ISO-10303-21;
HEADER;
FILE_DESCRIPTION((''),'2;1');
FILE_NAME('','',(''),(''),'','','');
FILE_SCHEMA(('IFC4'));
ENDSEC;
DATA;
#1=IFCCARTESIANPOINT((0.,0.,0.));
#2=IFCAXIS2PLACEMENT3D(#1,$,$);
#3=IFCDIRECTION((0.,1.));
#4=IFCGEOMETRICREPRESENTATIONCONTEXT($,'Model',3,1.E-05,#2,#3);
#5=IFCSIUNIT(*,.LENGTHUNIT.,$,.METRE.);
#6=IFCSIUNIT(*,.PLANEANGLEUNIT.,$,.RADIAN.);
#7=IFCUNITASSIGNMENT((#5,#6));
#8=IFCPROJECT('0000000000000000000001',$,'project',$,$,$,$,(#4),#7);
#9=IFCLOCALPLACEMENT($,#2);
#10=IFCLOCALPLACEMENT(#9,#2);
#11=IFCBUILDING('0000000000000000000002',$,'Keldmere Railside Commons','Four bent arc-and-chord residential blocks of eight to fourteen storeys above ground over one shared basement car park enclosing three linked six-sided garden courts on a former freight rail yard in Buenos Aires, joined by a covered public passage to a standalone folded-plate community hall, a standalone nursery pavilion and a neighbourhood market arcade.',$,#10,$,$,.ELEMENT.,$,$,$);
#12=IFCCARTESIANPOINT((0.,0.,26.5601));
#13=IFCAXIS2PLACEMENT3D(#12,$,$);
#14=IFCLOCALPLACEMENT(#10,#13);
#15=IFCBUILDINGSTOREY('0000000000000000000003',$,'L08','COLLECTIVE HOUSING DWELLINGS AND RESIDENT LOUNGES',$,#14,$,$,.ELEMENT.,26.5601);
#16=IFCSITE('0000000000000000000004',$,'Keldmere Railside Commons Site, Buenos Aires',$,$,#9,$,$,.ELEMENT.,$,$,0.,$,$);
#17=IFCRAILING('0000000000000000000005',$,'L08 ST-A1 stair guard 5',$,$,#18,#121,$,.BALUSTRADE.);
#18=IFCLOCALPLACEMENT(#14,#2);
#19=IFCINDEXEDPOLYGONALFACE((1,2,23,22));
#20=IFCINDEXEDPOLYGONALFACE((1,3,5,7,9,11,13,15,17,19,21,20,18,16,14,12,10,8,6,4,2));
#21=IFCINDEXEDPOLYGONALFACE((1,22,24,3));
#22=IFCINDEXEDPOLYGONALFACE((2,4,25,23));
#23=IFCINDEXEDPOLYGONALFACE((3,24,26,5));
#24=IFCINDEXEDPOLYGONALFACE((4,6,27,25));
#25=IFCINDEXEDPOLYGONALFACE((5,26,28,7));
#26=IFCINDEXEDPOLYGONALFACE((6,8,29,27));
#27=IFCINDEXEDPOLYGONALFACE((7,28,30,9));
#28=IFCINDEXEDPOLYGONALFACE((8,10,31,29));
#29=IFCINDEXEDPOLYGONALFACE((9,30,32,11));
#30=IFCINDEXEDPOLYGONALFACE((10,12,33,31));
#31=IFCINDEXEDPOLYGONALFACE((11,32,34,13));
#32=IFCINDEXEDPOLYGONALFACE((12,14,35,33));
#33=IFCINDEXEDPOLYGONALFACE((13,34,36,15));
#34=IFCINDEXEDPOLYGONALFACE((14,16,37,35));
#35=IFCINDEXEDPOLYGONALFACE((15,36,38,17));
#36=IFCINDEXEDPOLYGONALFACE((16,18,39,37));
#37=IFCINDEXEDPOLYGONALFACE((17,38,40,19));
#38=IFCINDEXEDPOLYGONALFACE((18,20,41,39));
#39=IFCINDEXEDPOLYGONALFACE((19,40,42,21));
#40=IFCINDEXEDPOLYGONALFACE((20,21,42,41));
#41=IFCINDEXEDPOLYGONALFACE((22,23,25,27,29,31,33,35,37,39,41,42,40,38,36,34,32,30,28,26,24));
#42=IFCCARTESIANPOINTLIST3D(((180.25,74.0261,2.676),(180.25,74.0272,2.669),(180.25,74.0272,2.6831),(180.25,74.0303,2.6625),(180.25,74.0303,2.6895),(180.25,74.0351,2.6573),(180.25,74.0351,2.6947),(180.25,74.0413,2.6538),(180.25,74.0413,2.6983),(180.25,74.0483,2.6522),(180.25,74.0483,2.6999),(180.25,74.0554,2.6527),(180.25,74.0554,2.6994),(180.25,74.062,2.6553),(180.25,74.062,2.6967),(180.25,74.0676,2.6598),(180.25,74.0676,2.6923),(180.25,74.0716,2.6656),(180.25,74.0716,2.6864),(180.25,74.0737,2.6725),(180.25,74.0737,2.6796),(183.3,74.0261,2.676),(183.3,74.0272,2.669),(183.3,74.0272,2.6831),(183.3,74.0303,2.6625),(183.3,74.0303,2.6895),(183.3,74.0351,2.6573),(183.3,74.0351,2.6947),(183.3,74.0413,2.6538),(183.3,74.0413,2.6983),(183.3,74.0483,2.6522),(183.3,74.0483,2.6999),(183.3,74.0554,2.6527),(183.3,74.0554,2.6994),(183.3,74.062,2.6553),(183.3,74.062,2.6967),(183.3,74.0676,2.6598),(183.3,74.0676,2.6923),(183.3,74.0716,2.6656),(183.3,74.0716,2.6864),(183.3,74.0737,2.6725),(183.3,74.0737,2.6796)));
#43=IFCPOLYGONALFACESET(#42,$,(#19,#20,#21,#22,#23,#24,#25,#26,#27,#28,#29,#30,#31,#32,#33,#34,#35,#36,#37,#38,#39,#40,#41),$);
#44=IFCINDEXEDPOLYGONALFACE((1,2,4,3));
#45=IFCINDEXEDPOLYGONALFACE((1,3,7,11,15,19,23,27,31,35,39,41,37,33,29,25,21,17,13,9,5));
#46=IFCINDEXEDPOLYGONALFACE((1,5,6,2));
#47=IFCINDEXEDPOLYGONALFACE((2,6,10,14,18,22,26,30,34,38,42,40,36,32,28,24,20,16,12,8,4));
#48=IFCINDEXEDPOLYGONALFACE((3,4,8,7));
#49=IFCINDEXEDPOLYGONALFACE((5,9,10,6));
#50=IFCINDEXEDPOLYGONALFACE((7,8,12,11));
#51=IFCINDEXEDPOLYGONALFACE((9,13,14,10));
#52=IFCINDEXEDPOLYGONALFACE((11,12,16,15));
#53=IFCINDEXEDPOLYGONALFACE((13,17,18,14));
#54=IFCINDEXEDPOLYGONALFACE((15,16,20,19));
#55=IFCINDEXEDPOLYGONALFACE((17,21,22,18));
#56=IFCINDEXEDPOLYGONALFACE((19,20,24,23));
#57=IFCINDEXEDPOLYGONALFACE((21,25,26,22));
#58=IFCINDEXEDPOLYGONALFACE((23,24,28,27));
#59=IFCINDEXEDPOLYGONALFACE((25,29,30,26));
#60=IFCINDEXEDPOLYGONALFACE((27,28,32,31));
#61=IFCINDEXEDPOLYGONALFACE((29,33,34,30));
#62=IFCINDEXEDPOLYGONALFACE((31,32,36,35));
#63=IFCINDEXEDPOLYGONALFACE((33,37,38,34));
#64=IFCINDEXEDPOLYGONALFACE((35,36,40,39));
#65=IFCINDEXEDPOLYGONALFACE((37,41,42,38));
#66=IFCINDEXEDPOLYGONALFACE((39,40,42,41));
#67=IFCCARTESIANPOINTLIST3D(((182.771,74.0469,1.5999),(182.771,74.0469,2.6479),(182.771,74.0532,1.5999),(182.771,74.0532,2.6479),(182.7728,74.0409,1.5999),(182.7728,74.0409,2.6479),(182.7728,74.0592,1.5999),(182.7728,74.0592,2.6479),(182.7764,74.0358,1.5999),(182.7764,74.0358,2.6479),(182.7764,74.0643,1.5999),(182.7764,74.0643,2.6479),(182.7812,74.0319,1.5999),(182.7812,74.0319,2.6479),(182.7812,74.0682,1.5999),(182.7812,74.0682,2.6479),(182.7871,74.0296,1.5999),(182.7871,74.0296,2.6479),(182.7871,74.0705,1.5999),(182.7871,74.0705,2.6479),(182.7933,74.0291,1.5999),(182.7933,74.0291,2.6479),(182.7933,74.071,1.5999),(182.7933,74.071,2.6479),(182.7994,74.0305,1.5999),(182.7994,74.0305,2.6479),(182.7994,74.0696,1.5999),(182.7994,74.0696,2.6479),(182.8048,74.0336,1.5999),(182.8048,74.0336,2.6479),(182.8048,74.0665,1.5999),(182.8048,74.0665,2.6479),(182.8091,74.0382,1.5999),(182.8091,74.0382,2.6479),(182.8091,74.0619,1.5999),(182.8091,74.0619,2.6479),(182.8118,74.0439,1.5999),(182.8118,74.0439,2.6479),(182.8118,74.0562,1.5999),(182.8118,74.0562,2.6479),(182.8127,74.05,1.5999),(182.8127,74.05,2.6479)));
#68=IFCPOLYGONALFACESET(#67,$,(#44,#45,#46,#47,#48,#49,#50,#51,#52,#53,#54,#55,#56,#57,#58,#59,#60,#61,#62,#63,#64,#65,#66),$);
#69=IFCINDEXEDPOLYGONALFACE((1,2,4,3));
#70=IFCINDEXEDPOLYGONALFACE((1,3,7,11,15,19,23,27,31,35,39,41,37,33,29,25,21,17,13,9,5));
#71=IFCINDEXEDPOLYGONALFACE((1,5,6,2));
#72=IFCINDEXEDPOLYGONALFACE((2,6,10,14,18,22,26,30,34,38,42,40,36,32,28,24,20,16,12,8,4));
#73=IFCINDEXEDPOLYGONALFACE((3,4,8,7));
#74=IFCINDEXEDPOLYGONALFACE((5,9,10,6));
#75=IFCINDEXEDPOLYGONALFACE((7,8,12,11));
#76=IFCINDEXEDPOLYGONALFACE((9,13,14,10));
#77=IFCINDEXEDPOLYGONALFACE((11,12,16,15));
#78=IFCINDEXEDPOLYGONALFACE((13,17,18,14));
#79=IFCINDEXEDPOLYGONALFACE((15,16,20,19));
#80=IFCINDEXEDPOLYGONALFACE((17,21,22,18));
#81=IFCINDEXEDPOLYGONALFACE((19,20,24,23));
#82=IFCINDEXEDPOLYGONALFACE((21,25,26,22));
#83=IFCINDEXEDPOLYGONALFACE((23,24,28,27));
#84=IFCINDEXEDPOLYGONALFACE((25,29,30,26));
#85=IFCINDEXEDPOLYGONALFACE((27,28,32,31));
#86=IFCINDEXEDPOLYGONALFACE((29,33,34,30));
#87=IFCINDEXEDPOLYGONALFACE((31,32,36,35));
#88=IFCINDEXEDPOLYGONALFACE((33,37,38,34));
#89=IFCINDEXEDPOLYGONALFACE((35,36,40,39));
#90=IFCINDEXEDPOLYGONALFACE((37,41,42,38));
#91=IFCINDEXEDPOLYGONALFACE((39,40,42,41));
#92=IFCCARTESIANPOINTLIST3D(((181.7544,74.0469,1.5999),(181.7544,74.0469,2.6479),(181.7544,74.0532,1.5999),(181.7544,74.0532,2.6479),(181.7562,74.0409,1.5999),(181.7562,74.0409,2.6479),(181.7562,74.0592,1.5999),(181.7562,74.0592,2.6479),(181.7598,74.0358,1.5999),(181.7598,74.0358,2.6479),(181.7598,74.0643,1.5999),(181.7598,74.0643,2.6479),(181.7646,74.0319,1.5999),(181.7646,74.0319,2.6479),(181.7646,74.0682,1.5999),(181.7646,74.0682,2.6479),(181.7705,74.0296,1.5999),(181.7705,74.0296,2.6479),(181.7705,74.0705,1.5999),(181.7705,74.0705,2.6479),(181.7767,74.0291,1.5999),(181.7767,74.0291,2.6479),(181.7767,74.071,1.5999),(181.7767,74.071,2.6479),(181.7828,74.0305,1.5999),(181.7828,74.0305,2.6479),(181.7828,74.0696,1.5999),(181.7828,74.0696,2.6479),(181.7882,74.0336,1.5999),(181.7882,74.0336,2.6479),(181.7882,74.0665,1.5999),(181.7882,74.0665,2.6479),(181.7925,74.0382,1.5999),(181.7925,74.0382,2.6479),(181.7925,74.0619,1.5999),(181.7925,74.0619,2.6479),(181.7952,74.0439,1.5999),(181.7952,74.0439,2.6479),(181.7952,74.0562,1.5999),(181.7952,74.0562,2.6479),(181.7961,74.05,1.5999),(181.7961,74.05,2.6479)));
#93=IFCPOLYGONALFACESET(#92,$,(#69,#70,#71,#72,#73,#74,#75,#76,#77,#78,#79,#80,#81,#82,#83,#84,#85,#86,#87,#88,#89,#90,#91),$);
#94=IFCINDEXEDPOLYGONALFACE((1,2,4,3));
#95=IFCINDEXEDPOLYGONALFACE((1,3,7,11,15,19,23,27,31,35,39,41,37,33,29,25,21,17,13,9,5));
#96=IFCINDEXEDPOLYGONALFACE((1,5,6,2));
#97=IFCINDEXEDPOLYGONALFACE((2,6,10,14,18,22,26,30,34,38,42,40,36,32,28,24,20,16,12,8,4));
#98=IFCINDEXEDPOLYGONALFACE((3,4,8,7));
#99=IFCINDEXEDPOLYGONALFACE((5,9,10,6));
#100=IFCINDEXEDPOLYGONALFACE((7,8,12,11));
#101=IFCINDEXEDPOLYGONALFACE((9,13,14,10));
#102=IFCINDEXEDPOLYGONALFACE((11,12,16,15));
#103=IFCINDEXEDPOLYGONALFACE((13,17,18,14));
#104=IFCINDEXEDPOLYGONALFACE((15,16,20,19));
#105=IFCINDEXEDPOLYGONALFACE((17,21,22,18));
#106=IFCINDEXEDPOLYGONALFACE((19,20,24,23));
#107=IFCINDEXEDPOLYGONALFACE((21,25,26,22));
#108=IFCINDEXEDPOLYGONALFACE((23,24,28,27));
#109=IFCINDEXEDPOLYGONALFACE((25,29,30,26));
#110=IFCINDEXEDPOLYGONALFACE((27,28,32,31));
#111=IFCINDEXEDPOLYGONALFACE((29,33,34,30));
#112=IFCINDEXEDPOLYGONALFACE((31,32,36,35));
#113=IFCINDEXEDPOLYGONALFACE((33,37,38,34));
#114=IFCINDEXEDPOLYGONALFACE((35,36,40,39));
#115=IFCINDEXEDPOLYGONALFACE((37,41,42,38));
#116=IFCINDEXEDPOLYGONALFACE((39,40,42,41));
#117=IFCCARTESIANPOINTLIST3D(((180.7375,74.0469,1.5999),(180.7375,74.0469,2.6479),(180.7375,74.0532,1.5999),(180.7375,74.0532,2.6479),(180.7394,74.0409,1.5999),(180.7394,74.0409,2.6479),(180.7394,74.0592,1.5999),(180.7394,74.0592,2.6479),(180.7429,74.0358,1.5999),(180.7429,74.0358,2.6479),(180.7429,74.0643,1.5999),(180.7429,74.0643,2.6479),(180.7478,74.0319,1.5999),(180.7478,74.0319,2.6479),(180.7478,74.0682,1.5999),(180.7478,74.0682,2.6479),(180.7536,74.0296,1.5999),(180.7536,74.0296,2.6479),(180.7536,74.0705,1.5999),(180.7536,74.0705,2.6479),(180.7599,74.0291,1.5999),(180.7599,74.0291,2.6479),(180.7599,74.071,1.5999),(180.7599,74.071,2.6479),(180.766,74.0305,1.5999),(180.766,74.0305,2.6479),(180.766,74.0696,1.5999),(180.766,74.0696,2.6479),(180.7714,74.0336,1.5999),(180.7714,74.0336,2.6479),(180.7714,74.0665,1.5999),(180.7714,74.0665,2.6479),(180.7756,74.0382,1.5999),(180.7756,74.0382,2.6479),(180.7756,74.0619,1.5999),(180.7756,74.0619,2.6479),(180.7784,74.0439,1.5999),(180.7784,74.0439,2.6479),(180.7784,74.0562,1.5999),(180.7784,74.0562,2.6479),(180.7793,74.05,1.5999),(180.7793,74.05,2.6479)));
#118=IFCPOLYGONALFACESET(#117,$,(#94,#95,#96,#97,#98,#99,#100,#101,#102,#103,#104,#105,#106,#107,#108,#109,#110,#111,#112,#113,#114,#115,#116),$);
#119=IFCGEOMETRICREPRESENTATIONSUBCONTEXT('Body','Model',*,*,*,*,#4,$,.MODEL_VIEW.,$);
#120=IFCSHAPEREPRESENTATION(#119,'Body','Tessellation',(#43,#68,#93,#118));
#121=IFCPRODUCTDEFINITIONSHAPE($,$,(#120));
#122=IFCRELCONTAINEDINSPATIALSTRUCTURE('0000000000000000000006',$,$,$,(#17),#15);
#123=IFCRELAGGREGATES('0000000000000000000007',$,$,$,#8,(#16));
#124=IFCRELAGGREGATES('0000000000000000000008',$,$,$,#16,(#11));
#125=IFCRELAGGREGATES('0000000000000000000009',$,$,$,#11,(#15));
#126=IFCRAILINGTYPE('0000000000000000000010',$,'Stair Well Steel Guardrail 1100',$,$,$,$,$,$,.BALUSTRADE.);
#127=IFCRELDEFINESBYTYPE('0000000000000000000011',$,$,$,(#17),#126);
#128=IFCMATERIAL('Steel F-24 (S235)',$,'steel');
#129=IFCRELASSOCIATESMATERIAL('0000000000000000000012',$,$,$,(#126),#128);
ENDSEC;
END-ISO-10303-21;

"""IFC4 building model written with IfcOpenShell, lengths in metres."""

from ifc_helpers import new_model, si_unit, direction, frame, origin, origin_2d, place, context, subcontext, project, spatial, circle, extrude, material, type_object, element, save


model = new_model("IFC4")

# Units and contexts
model_context = context("Model", 3, precision=1e-05, world=origin(), true_north=direction((0.0, 1.0)))
body_context = subcontext(model_context, "Body", "Model", "MODEL_VIEW")
ifc_project = project(units=[si_unit("LENGTHUNIT", "METRE"), si_unit("PLANEANGLEUNIT", "RADIAN")], contexts=[model_context])

# Site, building, storey
site_placement = place(None, origin())
site = spatial("IfcSite", under=ifc_project, at=site_placement, Name="Keldmere Railside Commons Site, Buenos Aires", CompositionType="ELEMENT", RefElevation=0.0)
building_placement = place(site_placement, origin())
building = spatial("IfcBuilding", under=site, at=building_placement, Name="Keldmere Railside Commons", Description="Four bent arc-and-chord residential blocks of eight to fourteen storeys above ground over one shared basement car park enclosing three linked six-sided garden courts on a former freight rail yard in Buenos Aires, joined by a covered public passage to a standalone folded-plate community hall, a standalone nursery pavilion and a neighbourhood market arcade.", CompositionType="ELEMENT")
storey_placement = place(building_placement, frame((0.0, 0.0, 26.5601)))
storey = spatial("IfcBuildingStorey", under=building, at=storey_placement, Name="L08", Description="COLLECTIVE HOUSING DWELLINGS AND RESIDENT LOUNGES", CompositionType="ELEMENT", Elevation=26.5601)

# Shared definitions
ifc_material_1 = material(Name="Steel F-24 (S235)", Category="steel")

# Railing
railing_type_1 = type_object("IfcRailingType", Name="Stair Well Steel Guardrail 1100", PredefinedType="BALUSTRADE", material=ifc_material_1)
railing_1_placement = place(storey_placement, frame((183.3, 74.05, 1.5999)))
element("IfcRailing", 1, at=railing_1_placement, inside=storey, type_object=railing_type_1, Name="L08 ST-A1 stair guard 5", PredefinedType="BALUSTRADE", context=body_context, shape_type="SweptSolid", body=[
    extrude(circle(Radius=0.0239, at=origin_2d()), frame((0.0, 0.0, 1.0762), z_axis=(-1.0, 0.0, 0.0), x_axis=(0.0, -1.0, 0.0)), (0.0, 0.0, 1.0), 3.05),
    extrude(circle(Radius=0.021, at=origin_2d()), frame((-0.5083, 0.0, 0.0)), (0.0, 0.0, 1.0), 1.0481),
    extrude(circle(Radius=0.021, at=origin_2d()), frame((-1.5249, 0.0, 0.0)), (0.0, 0.0, 1.0), 1.0481),
    extrude(circle(Radius=0.021, at=origin_2d()), frame((-2.5417, 0.0, 0.0)), (0.0, 0.0, 1.0), 1.0481),
])

save(model, "model.ifc")
